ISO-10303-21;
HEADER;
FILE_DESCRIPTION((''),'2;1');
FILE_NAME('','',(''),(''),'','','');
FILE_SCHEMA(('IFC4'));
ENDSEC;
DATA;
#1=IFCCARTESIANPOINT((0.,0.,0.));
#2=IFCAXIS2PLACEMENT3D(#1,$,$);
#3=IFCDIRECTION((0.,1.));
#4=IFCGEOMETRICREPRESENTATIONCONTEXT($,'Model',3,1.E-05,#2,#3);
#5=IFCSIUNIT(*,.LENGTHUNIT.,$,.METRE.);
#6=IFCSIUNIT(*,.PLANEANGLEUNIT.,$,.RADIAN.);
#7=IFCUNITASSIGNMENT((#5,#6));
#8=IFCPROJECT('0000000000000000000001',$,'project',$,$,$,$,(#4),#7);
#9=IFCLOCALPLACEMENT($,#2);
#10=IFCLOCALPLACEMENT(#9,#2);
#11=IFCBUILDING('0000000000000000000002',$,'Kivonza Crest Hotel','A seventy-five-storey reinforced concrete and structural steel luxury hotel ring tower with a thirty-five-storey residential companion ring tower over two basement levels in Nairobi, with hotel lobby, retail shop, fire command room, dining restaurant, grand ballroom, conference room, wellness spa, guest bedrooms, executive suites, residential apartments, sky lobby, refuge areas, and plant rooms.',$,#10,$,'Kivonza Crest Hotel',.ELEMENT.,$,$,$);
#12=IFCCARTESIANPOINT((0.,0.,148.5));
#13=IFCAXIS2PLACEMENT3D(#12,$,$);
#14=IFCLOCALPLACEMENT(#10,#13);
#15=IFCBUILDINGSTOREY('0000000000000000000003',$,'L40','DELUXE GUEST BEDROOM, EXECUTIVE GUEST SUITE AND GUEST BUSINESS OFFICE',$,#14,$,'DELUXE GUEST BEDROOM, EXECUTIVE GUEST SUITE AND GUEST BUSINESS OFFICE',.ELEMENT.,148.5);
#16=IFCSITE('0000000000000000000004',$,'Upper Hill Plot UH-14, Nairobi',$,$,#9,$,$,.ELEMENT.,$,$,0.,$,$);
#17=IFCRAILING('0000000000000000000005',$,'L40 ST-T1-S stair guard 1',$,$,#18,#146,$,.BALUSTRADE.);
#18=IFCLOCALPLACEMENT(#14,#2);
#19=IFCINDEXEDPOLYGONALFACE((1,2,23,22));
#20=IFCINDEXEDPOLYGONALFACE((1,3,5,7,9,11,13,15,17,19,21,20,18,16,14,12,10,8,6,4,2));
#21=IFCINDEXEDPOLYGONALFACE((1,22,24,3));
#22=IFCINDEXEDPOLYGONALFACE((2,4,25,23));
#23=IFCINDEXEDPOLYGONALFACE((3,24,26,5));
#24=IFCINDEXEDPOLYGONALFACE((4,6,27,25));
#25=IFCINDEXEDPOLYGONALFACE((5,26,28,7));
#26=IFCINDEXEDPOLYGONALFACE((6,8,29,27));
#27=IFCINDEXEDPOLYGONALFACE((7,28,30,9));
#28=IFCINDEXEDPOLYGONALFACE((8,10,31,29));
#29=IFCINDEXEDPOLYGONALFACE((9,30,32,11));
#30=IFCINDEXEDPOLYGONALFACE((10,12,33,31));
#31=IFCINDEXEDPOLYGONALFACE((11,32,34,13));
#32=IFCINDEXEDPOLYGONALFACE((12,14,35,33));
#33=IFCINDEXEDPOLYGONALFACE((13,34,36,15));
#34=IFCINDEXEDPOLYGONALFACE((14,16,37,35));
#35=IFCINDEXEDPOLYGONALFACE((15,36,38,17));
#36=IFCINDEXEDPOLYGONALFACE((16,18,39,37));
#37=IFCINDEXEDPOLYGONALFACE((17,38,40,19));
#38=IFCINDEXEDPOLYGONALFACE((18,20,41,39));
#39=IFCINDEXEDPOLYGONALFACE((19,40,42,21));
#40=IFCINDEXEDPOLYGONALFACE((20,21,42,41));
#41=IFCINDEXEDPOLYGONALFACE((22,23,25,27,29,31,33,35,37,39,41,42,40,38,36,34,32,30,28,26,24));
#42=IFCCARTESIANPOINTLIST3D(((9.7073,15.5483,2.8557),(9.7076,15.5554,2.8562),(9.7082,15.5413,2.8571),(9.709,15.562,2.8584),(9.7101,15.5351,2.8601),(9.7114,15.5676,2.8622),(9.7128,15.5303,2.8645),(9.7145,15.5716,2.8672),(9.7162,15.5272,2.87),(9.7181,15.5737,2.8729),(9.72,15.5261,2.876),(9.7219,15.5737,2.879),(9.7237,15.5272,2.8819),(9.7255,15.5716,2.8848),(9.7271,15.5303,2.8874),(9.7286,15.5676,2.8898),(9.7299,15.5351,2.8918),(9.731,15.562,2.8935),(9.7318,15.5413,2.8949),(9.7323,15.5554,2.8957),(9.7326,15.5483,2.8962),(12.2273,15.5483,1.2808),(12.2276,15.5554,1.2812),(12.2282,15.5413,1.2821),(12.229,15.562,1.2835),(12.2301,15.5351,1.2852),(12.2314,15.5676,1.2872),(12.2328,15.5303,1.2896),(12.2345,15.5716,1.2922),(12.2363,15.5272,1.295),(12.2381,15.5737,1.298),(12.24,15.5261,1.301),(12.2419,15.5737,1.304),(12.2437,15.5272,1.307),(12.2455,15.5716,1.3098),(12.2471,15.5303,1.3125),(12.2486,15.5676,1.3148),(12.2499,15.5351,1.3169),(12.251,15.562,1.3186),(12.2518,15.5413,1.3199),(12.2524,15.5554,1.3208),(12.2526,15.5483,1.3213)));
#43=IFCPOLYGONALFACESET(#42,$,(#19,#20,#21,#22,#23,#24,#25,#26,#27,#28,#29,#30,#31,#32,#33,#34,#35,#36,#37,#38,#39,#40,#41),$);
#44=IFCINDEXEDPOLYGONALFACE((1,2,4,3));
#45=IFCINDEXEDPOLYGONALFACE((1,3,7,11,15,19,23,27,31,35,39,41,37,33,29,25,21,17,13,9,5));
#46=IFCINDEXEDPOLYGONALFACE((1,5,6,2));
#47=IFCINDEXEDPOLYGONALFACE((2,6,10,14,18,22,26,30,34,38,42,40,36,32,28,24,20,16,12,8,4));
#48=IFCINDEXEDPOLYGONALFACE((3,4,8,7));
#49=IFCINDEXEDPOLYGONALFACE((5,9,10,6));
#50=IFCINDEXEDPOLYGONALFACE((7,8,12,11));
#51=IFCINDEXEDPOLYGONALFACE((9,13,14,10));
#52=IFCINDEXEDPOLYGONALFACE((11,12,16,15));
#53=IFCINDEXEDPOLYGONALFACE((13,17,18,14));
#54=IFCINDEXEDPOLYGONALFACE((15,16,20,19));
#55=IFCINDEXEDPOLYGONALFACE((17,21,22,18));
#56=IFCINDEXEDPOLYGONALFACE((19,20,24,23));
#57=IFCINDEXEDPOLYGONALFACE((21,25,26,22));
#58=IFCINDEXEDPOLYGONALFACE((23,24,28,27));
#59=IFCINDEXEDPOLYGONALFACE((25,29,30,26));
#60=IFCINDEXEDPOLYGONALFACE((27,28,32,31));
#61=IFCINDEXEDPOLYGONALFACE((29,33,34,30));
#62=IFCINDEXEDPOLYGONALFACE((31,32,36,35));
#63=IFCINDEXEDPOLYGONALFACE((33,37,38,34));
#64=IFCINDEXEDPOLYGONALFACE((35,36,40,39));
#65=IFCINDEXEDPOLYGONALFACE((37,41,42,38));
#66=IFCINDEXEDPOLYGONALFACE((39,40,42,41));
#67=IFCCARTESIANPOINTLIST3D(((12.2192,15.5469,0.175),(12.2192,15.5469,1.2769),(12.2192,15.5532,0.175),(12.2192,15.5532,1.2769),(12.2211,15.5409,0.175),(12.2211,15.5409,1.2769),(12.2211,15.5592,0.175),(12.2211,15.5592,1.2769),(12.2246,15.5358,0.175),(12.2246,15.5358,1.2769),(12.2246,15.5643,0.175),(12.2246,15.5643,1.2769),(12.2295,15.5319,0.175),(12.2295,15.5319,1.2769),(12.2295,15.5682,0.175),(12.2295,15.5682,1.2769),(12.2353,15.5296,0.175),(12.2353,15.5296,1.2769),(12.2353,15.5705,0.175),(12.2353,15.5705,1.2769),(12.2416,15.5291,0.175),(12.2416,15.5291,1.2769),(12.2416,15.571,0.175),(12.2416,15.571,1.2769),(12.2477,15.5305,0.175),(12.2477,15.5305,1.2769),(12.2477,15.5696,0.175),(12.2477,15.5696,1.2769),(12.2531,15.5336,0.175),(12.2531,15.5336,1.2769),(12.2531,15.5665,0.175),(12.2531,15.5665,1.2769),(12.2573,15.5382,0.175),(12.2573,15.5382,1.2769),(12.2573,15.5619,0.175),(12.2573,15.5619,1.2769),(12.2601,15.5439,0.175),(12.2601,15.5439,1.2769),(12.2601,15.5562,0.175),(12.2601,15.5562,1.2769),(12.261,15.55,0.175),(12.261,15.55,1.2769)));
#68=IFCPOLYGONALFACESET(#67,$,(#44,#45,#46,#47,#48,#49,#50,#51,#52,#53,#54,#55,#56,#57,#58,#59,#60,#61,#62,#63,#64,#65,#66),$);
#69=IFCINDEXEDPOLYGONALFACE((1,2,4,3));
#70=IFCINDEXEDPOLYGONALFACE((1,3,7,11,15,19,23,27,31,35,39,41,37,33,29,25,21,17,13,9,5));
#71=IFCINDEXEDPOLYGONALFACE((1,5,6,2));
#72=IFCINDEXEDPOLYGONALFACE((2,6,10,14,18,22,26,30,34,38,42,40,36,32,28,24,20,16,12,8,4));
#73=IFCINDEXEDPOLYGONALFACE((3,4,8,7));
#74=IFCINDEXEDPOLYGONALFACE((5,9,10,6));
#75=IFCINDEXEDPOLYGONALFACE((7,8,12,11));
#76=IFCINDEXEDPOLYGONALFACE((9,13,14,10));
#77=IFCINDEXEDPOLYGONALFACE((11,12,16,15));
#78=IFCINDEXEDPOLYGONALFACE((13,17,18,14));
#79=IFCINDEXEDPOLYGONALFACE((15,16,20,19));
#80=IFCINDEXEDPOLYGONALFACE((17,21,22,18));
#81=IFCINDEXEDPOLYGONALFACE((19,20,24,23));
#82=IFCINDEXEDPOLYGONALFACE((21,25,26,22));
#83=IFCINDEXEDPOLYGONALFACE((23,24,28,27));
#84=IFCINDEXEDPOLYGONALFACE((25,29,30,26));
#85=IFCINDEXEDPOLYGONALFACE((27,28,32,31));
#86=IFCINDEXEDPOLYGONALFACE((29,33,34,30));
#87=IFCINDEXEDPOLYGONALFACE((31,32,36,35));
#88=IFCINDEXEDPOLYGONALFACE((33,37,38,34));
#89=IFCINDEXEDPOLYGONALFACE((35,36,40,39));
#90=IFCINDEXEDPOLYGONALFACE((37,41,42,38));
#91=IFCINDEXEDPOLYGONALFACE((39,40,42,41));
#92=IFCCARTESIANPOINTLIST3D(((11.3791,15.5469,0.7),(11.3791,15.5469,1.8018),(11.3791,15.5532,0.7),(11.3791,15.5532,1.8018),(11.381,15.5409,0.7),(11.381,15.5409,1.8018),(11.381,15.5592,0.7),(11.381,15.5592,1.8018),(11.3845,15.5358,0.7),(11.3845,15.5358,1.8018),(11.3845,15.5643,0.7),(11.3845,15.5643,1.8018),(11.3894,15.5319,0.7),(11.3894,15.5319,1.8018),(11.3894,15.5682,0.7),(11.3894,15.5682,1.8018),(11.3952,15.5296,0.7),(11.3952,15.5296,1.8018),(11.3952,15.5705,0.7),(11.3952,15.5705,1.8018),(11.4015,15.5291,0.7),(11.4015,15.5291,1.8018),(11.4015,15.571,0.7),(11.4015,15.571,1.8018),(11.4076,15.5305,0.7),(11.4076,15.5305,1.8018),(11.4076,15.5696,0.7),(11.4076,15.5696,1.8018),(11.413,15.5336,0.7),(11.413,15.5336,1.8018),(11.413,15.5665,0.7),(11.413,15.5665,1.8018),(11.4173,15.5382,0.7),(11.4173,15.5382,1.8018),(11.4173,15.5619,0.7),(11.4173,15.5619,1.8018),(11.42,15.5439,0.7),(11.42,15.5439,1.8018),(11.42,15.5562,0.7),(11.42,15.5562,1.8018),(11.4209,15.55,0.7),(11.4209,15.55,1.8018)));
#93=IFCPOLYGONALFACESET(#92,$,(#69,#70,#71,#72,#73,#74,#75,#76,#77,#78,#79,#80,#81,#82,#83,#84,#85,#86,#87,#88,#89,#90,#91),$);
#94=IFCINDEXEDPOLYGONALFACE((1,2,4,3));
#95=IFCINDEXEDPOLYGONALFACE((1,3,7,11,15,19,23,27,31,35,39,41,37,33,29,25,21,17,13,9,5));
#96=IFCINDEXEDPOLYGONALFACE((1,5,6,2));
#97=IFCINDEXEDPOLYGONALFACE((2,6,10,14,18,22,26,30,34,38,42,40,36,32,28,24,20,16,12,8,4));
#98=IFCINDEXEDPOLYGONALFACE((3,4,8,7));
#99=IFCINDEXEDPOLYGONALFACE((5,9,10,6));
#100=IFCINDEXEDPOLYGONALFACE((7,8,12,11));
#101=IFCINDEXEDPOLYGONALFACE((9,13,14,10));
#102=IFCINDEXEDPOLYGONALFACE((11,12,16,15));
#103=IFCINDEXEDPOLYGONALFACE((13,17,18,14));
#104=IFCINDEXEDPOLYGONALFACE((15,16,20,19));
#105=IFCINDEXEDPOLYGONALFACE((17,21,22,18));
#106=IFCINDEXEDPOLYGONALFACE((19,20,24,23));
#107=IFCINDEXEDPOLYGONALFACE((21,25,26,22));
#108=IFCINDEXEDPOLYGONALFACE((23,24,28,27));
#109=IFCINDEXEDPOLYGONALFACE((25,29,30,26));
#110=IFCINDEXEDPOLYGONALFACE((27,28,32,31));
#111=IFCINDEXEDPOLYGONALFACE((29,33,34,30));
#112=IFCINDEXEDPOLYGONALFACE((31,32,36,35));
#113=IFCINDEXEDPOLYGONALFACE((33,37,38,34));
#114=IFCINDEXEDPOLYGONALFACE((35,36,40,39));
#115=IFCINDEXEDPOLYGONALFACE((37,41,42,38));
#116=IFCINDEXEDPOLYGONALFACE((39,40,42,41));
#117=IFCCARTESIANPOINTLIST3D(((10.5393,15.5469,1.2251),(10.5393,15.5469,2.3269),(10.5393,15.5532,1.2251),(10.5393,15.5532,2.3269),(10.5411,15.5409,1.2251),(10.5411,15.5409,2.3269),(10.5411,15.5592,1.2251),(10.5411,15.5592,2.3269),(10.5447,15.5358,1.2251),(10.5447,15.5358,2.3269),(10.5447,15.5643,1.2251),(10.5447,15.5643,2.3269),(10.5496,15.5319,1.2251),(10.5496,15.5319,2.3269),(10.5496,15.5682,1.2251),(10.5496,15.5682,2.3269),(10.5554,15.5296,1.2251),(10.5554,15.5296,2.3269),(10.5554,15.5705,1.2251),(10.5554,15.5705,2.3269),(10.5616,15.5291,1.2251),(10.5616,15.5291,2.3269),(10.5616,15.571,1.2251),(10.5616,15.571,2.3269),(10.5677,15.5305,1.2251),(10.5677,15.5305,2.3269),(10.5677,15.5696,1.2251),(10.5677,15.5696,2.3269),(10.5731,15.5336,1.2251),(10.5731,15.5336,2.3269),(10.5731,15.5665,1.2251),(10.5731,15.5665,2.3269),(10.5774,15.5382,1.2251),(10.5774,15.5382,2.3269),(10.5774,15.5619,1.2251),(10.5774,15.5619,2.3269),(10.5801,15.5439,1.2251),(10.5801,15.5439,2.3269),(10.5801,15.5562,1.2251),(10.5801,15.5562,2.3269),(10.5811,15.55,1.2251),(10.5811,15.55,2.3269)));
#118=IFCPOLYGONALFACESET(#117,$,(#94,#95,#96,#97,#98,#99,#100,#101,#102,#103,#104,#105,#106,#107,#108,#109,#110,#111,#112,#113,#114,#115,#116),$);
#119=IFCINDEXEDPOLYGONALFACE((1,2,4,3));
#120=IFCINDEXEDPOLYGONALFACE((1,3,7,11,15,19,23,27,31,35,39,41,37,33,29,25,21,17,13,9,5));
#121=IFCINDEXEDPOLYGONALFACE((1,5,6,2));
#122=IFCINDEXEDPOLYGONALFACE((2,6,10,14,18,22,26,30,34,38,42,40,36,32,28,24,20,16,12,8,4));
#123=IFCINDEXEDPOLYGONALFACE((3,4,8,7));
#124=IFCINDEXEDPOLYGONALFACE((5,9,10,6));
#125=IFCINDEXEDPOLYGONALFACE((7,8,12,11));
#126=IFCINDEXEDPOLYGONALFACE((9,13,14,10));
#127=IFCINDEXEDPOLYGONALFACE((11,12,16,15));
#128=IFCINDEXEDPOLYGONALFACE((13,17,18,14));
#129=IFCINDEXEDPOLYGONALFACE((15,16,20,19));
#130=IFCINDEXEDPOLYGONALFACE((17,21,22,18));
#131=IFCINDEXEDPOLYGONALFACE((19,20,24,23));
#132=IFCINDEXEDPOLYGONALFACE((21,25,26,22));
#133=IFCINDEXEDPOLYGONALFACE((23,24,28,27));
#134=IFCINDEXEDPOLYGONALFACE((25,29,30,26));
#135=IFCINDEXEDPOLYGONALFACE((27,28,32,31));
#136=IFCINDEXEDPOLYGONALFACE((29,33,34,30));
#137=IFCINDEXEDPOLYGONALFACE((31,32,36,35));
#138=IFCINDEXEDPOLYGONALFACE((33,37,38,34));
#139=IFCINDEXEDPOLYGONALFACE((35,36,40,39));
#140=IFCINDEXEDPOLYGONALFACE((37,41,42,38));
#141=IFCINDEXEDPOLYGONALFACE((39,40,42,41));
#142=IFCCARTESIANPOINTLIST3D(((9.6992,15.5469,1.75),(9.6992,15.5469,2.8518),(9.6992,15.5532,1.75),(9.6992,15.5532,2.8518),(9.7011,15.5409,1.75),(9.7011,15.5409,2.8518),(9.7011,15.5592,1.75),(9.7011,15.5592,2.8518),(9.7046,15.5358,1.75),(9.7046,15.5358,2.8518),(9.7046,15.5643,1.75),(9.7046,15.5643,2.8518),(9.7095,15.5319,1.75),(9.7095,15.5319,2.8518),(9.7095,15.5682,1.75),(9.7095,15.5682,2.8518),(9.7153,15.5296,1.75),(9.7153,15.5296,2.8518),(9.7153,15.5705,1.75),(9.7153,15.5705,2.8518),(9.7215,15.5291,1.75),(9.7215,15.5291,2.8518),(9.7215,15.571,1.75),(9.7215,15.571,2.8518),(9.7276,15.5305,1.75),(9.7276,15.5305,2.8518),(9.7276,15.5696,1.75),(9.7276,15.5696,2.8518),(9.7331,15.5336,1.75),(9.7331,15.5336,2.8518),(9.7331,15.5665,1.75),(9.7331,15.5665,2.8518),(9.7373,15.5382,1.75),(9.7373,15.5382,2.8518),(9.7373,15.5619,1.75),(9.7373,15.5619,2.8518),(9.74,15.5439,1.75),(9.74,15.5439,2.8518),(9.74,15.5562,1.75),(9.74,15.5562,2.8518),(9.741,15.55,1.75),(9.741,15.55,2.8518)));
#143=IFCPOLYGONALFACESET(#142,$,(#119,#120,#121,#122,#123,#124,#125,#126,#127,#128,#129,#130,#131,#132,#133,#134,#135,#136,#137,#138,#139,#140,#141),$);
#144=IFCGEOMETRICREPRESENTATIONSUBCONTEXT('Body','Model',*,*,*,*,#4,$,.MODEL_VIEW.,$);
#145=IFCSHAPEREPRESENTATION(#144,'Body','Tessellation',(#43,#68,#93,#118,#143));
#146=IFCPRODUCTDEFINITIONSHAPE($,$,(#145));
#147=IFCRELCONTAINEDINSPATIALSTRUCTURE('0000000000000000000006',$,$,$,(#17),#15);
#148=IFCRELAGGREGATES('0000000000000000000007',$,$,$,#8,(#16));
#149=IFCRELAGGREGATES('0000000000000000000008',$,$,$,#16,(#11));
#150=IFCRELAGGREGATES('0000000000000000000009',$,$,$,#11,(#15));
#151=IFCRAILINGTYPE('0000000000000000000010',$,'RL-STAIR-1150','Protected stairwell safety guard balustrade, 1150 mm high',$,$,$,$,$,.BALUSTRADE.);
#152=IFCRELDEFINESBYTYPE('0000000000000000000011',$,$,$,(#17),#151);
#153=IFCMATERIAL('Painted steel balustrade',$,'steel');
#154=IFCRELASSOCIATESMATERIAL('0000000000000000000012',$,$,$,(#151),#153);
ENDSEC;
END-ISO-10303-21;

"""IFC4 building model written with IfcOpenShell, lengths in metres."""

from ifc_helpers import new_model, si_unit, direction, frame, origin, origin_2d, place, context, subcontext, project, spatial, circle, extrude, material, type_object, element, save


model = new_model("IFC4")

# Units and contexts
model_context = context("Model", 3, precision=1e-05, world=origin(), true_north=direction((0.0, 1.0)))
body_context = subcontext(model_context, "Body", "Model", "MODEL_VIEW")
ifc_project = project(units=[si_unit("LENGTHUNIT", "METRE"), si_unit("PLANEANGLEUNIT", "RADIAN")], contexts=[model_context])

# Site, building, storey
site_placement = place(None, origin())
site = spatial("IfcSite", under=ifc_project, at=site_placement, Name="Upper Hill Plot UH-14, Nairobi", CompositionType="ELEMENT", RefElevation=0.0)
building_placement = place(site_placement, origin())
building = spatial("IfcBuilding", under=site, at=building_placement, Name="Kivonza Crest Hotel", Description="A seventy-five-storey reinforced concrete and structural steel luxury hotel ring tower with a thirty-five-storey residential companion ring tower over two basement levels in Nairobi, with hotel lobby, retail shop, fire command room, dining restaurant, grand ballroom, conference room, wellness spa, guest bedrooms, executive suites, residential apartments, sky lobby, refuge areas, and plant rooms.", LongName="Kivonza Crest Hotel", CompositionType="ELEMENT")
storey_placement = place(building_placement, frame((0.0, 0.0, 148.5)))
storey = spatial("IfcBuildingStorey", under=building, at=storey_placement, Name="L40", Description="DELUXE GUEST BEDROOM, EXECUTIVE GUEST SUITE AND GUEST BUSINESS OFFICE", LongName="DELUXE GUEST BEDROOM, EXECUTIVE GUEST SUITE AND GUEST BUSINESS OFFICE", CompositionType="ELEMENT", Elevation=148.5)

# Railing
ifc_material_1 = material(Name="Painted steel balustrade", Category="steel")
railing_type_1 = type_object("IfcRailingType", Name="RL-STAIR-1150", Description="Protected stairwell safety guard balustrade, 1150 mm high", PredefinedType="BALUSTRADE", material=ifc_material_1)
railing_1_placement = place(storey_placement, frame((12.24, 15.55, 0.175)))
element("IfcRailing", 1, at=railing_1_placement, inside=storey, type_object=railing_type_1, Name="L40 ST-T1-S stair guard 1", PredefinedType="BALUSTRADE", context=body_context, shape_type="SweptSolid", body=[
    extrude(circle(Radius=0.0239, at=origin_2d()), frame((0.0, 0.0, 1.126), z_axis=(-0.848008, 0.0, 0.529984), x_axis=(0.0, -1.0, 0.0)), (0.0, 0.0, 1.0), 2.9717),
    extrude(circle(Radius=0.021, at=origin_2d()), origin(), (0.0, 0.0, 1.0), 1.1018),
    extrude(circle(Radius=0.021, at=origin_2d()), frame((-0.8401, 0.0, 0.5249)), (0.0, 0.0, 1.0), 1.1018),
    extrude(circle(Radius=0.021, at=origin_2d()), frame((-1.6799, 0.0, 1.05)), (0.0, 0.0, 1.0), 1.1018),
    extrude(circle(Radius=0.021, at=origin_2d()), frame((-2.52, 0.0, 1.575)), (0.0, 0.0, 1.0), 1.1018),
])

save(model, "model.ifc")
